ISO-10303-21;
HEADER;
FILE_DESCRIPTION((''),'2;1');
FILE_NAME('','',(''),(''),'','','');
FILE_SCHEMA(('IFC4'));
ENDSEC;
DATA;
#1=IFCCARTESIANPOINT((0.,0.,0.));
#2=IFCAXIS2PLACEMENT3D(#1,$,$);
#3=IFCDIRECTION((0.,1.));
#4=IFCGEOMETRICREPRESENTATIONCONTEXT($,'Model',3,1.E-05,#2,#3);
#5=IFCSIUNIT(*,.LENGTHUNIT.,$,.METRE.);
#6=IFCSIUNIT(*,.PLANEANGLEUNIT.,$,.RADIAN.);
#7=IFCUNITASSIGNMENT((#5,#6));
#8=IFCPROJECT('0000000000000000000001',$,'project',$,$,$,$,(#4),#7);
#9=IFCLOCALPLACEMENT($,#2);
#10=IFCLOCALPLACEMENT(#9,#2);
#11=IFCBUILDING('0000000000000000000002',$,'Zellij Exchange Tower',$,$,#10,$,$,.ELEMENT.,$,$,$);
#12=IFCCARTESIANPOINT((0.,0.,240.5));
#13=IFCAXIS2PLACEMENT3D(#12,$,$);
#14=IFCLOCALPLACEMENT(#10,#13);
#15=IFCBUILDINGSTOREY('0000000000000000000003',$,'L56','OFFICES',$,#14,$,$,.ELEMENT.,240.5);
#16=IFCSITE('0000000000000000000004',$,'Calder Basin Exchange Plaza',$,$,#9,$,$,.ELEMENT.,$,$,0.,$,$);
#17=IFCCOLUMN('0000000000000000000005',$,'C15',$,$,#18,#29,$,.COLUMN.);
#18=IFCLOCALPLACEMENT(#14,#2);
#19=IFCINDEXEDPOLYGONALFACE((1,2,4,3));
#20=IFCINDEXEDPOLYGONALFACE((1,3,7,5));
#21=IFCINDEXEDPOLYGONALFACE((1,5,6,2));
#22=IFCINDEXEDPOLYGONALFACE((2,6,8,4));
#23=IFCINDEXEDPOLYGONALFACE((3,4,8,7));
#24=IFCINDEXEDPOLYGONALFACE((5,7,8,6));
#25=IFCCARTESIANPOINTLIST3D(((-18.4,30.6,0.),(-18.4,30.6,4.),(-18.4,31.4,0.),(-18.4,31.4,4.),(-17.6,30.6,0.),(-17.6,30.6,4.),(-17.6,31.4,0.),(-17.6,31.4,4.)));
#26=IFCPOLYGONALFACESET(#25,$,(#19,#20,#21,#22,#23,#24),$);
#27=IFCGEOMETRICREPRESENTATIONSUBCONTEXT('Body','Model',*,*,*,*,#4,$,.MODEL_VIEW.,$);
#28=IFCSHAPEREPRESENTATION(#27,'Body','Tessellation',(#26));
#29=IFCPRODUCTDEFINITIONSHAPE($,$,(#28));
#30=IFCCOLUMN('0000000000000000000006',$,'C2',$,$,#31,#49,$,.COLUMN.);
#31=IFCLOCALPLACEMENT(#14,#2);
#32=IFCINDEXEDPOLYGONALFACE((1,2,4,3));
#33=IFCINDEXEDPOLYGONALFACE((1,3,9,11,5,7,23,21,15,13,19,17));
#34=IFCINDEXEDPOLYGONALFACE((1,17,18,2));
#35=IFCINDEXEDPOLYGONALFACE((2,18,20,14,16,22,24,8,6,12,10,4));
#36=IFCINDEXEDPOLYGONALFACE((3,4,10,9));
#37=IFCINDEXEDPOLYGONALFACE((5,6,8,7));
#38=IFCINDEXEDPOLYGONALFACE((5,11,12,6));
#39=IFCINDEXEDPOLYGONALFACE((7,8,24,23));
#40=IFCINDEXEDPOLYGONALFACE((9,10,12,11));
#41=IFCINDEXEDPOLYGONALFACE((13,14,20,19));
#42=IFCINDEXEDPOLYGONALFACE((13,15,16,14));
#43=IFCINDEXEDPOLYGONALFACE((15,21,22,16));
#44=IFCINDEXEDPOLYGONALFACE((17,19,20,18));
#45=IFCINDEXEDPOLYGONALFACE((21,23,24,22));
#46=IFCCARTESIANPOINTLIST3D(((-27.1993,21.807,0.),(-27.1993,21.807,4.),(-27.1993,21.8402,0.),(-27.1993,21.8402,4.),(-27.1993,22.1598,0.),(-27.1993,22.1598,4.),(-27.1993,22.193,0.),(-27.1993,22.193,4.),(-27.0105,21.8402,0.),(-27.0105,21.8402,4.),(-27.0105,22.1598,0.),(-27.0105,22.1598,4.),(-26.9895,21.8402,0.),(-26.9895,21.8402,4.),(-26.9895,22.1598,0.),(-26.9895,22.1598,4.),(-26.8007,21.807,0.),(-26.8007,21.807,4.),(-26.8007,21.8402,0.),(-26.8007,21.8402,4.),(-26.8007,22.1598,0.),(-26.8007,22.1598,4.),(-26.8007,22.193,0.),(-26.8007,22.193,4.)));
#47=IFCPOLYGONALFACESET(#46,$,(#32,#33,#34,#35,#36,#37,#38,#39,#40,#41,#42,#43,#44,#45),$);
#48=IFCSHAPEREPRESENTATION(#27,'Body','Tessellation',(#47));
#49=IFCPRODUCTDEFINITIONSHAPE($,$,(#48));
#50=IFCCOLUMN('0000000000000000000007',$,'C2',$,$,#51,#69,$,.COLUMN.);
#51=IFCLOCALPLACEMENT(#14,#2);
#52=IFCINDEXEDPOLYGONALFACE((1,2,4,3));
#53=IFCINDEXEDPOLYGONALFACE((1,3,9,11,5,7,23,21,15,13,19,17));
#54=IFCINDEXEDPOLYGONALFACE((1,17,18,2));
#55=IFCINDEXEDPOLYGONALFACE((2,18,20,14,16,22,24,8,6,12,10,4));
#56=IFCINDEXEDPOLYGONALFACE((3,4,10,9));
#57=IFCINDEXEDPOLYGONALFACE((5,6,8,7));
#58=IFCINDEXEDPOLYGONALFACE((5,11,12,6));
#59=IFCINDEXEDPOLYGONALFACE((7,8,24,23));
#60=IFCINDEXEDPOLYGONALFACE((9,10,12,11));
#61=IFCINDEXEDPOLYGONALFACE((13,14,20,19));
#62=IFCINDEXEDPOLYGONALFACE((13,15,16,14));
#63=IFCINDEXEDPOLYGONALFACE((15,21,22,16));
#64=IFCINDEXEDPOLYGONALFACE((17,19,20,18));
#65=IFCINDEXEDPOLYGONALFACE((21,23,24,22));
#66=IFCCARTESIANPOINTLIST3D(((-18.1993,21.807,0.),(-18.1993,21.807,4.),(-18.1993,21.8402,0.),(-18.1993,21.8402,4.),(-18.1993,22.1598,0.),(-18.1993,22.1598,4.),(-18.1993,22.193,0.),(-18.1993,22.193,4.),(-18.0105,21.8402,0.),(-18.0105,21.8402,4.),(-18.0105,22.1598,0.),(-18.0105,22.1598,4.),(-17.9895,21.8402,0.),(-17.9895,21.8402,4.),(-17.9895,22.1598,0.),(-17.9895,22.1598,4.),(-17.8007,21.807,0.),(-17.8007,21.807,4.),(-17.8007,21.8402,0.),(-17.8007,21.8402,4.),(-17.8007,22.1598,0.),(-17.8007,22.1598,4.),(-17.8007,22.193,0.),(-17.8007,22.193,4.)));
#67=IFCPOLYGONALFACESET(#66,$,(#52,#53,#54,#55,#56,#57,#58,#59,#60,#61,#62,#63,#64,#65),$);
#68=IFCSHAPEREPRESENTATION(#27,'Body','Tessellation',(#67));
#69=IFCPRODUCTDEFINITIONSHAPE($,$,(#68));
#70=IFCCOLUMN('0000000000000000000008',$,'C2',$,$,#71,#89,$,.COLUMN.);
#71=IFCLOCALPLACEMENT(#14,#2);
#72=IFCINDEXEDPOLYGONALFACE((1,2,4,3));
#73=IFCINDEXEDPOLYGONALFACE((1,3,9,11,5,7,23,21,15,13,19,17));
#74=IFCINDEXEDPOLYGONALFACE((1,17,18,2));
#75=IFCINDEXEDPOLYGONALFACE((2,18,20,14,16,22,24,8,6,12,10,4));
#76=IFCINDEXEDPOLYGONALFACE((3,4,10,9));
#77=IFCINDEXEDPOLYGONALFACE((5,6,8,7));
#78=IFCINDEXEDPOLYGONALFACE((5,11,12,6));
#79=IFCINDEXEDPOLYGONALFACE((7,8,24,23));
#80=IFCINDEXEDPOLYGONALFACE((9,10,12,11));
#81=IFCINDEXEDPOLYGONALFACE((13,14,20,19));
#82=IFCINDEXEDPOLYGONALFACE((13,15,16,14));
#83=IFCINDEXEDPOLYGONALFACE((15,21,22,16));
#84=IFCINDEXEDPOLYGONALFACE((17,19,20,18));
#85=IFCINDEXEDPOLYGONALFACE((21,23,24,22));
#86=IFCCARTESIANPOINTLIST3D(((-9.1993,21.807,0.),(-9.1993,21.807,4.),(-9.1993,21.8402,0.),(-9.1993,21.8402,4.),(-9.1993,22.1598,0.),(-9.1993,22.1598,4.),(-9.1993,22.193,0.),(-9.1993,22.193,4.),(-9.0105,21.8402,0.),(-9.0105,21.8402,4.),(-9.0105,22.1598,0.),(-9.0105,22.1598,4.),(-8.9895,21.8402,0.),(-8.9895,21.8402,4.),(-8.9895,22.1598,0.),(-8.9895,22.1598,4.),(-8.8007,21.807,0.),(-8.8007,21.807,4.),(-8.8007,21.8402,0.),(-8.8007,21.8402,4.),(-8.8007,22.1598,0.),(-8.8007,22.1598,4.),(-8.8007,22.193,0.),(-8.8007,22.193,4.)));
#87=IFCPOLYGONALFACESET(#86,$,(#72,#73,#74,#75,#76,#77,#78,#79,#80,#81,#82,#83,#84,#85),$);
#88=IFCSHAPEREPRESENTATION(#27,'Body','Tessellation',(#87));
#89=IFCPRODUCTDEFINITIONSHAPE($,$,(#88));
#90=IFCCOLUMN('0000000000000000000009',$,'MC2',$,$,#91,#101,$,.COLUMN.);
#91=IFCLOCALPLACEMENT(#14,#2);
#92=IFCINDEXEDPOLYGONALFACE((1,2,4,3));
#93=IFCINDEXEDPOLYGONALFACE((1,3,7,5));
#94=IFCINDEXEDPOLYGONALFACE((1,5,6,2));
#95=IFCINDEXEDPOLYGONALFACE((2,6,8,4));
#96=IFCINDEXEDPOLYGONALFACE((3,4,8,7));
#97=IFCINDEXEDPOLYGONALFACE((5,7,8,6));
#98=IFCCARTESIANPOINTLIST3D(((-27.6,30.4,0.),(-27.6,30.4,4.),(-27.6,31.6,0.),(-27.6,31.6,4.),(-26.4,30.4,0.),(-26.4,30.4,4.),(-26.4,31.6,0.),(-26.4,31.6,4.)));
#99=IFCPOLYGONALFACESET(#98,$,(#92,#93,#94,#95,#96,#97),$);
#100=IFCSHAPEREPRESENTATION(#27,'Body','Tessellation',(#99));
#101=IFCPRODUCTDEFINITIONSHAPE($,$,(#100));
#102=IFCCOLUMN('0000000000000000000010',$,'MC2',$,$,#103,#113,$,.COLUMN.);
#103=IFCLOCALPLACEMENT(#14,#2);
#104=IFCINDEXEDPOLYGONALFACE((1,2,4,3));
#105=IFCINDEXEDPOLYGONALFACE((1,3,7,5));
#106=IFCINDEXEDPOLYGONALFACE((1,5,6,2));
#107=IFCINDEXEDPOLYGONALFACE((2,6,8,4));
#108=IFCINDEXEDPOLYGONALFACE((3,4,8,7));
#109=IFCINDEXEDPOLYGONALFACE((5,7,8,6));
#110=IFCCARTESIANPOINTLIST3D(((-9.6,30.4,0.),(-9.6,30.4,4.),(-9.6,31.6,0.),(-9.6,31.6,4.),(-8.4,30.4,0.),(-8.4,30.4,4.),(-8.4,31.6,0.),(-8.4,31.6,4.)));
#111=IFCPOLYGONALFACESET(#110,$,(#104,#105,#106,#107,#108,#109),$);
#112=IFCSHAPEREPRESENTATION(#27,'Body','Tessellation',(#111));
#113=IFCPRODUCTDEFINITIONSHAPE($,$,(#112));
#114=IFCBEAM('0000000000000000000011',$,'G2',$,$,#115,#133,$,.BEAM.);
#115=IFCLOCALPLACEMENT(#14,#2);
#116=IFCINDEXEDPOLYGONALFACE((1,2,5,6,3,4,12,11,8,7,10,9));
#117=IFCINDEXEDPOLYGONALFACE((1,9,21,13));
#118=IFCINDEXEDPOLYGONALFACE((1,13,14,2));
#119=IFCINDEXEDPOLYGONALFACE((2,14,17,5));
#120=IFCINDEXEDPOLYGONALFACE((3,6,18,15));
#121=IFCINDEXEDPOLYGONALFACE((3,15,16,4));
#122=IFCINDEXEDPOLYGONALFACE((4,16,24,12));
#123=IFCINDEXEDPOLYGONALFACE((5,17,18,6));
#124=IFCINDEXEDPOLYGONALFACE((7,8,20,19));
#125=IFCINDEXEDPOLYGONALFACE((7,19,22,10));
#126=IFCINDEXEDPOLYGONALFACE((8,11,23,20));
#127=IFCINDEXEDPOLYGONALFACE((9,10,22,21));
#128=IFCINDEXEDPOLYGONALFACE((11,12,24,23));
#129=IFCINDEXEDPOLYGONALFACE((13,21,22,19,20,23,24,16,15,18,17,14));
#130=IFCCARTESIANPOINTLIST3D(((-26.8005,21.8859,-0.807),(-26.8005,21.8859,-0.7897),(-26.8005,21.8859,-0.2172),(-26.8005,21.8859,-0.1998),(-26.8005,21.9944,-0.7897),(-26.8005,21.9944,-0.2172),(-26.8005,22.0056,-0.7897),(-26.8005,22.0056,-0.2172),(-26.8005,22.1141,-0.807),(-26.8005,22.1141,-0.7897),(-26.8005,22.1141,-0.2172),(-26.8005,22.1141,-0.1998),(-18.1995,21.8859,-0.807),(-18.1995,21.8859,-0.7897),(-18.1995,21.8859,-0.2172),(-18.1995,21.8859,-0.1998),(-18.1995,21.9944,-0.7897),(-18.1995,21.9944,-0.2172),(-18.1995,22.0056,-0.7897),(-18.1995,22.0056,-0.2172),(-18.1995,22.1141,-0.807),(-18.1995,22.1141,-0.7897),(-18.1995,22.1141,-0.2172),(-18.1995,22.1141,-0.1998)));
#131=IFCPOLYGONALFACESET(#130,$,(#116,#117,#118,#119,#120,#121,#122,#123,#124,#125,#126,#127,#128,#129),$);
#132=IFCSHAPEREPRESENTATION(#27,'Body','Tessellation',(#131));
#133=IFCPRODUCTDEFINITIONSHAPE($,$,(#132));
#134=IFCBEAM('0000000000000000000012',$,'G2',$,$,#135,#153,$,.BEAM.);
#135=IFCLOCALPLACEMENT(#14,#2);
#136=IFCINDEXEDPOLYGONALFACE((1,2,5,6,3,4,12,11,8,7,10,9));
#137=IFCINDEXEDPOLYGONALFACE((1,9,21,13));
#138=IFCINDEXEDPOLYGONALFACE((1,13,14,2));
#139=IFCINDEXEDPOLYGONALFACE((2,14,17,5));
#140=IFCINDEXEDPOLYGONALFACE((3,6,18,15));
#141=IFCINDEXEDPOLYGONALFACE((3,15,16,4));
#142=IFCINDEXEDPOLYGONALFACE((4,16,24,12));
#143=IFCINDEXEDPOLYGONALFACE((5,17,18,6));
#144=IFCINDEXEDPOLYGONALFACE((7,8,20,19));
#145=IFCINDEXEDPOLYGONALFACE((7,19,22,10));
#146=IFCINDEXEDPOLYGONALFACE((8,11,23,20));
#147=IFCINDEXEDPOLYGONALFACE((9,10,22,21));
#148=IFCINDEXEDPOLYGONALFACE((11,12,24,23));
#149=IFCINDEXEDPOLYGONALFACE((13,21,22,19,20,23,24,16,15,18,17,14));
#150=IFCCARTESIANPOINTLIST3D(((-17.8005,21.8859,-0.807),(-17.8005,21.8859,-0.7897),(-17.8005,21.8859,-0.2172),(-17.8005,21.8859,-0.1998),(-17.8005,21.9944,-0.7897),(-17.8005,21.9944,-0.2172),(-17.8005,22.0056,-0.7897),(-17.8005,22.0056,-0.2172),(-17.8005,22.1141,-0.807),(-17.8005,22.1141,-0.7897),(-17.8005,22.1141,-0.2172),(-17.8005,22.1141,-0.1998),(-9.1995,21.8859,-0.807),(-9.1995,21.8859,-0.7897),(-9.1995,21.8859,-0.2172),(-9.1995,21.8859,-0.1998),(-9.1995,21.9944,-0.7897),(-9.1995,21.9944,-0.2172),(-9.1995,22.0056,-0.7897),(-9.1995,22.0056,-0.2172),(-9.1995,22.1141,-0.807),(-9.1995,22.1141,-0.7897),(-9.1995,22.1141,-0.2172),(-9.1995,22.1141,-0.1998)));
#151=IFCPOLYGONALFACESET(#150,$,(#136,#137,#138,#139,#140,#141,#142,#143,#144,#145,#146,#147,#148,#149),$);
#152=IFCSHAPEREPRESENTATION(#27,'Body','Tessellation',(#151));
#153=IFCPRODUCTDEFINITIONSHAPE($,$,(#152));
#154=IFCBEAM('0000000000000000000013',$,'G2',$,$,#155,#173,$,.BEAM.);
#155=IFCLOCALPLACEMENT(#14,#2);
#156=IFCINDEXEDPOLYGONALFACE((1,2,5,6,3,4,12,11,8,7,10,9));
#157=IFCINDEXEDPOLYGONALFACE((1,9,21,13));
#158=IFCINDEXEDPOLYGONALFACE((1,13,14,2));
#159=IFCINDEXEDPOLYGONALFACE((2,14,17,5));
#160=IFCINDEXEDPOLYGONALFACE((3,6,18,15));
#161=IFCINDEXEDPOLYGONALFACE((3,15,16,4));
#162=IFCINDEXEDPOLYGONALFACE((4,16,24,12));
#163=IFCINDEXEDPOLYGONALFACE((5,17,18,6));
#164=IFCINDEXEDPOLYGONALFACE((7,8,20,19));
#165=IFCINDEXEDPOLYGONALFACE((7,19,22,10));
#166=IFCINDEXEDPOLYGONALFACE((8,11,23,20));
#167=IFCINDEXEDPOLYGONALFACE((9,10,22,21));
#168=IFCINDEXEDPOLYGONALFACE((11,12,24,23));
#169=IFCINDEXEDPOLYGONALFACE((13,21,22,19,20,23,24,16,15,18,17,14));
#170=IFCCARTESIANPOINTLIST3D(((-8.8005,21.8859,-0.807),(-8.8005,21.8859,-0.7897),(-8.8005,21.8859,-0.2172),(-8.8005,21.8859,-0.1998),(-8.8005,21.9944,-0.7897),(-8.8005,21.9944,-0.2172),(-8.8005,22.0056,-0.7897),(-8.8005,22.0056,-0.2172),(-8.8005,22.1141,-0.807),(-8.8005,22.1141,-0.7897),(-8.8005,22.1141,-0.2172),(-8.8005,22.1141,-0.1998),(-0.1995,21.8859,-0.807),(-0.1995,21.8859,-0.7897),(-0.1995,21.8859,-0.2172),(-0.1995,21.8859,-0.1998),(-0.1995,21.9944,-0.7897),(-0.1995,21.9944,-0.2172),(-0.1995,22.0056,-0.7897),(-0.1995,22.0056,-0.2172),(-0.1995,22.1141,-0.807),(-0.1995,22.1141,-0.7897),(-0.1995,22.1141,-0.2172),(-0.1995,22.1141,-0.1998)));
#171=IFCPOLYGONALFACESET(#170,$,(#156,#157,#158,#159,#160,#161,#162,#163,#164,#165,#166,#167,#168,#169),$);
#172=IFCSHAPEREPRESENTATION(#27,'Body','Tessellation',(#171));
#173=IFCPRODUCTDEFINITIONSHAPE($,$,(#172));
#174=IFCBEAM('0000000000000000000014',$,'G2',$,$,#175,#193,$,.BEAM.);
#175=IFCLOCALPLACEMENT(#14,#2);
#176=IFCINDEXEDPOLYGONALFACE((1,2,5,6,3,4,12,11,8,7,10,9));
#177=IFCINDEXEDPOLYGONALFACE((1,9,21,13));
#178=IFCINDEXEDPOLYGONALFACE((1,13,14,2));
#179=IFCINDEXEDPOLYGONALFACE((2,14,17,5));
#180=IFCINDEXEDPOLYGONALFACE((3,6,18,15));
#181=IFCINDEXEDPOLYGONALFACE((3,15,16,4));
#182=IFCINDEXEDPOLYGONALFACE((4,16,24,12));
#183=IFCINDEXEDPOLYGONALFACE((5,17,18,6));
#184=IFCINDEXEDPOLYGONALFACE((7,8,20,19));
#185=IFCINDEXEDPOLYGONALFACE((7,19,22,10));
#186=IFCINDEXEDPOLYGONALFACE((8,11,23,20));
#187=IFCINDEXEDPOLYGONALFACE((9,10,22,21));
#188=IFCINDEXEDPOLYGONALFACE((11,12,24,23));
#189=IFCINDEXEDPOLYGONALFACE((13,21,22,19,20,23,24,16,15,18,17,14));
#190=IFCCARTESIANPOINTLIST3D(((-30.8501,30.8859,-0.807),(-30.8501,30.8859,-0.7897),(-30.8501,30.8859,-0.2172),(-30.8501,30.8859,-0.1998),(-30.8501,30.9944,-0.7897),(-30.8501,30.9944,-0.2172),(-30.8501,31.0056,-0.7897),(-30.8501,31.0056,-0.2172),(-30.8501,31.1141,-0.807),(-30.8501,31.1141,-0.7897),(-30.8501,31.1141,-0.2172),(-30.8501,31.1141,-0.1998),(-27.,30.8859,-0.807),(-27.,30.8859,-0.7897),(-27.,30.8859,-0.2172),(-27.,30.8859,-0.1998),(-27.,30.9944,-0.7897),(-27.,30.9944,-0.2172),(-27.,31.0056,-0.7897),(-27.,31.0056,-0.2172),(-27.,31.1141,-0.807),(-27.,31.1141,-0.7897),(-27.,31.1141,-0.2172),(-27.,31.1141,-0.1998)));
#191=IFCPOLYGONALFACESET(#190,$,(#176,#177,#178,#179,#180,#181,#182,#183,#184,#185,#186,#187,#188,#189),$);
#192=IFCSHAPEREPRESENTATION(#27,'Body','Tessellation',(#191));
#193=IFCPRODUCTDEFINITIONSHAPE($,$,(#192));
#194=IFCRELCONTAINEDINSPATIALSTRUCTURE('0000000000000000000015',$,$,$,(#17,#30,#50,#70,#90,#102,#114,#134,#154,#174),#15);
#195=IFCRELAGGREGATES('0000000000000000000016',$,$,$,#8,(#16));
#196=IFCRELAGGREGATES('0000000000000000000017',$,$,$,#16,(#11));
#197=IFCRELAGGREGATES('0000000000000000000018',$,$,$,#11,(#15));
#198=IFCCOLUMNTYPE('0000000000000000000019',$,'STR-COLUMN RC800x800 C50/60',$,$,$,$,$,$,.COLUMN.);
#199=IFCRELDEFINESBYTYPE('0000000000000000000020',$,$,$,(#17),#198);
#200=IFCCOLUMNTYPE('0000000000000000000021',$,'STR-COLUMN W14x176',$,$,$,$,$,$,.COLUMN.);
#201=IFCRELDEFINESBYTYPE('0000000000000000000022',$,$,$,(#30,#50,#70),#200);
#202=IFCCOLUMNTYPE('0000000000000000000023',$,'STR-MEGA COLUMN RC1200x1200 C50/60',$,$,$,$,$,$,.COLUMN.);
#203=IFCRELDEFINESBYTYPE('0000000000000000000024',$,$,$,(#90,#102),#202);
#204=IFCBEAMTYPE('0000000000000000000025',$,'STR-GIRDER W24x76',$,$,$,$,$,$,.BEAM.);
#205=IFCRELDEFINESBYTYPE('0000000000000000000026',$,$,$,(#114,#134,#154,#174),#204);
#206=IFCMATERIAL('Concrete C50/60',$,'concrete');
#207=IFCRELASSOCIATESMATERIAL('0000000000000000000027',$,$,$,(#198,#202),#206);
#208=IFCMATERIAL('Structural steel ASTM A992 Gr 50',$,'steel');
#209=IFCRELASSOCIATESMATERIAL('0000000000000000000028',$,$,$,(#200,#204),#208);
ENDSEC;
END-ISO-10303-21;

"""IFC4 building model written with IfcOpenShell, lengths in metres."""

from ifc_helpers import new_model, si_unit, direction, frame, origin, origin_2d, place, context, subcontext, project, spatial, rectangle, i_section, extrude, material, material_profile, profile_set, type_object, element, save


model = new_model("IFC4")

# Units and contexts
model_context = context("Model", 3, precision=1e-05, world=origin(), true_north=direction((0.0, 1.0)))
body_context = subcontext(model_context, "Body", "Model", "MODEL_VIEW")
ifc_project = project(units=[si_unit("LENGTHUNIT", "METRE"), si_unit("PLANEANGLEUNIT", "RADIAN")], contexts=[model_context])

# Site, building, storey
site_placement = place(None, origin())
site = spatial("IfcSite", under=ifc_project, at=site_placement, Name="Calder Basin Exchange Plaza", CompositionType="ELEMENT", RefElevation=0.0)
building_placement = place(site_placement, origin())
building = spatial("IfcBuilding", under=site, at=building_placement, Name="Zellij Exchange Tower", CompositionType="ELEMENT")
storey_placement = place(building_placement, frame((0.0, 0.0, 240.5)))
storey = spatial("IfcBuildingStorey", under=building, at=storey_placement, Name="L56", Description="OFFICES", CompositionType="ELEMENT", Elevation=240.5)

# Columns
ifc_material_1 = material(Name="Concrete C50/60", Category="concrete")
ifc_material_profile_1 = material_profile(ifc_material_1, rectangle(XDim=0.8, YDim=0.8, at=origin_2d()), Name="STR-COLUMN RC800x800 C50/60")
ifc_profile_set_1 = profile_set([ifc_material_profile_1], Name="Concrete C50/60")
column_type_1 = type_object("IfcColumnType", Name="STR-COLUMN RC800x800 C50/60", PredefinedType="COLUMN", material=ifc_profile_set_1)
column_placement = place(storey_placement, frame((-18.0, 31.0, 0.0), z_axis=(0.0, 0.0, 1.0), x_axis=(1.0, 0.0, 0.0)))
element("IfcColumn", 1, at=column_placement, inside=storey, type_object=column_type_1, Name="C15", PredefinedType="COLUMN", context=body_context, shape_type="SweptSolid", body=[
    extrude(rectangle(XDim=0.8, YDim=0.8, at=origin_2d()), origin(), (0.0, 0.0, 1.0), 4.0),
])
ifc_material_2 = material(Name="Structural steel ASTM A992 Gr 50", Category="steel")
ifc_material_profile_2 = material_profile(ifc_material_2, i_section(OverallWidth=0.3987, OverallDepth=0.386, WebThickness=0.021, FlangeThickness=0.0332, at=origin_2d()), Name="W14x176")
ifc_profile_set_2 = profile_set([ifc_material_profile_2], Name="Structural steel ASTM A992 Gr 50")
column_type_2 = type_object("IfcColumnType", Name="STR-COLUMN W14x176", PredefinedType="COLUMN", material=ifc_profile_set_2)
for number, where, z_axis, x_axis, name in (
    (2, (-27.0, 22.0, 0.0), (0.0, 0.0, 1.0), (1.0, 0.0, 0.0), "C2"),
    (3, (-18.0, 22.0, 0.0), (0.0, 0.0, 1.0), (1.0, 0.0, 0.0), "C2"),
    (4, (-9.0, 22.0, 0.0), (0.0, 0.0, 1.0), (1.0, 0.0, 0.0), "C2"),
):
    element("IfcColumn", number, at=place(storey_placement, frame(where, z_axis=z_axis, x_axis=x_axis)), inside=storey, type_object=column_type_2, Name=name, PredefinedType="COLUMN", context=body_context, shape_type="SweptSolid", body=[
        extrude(i_section(OverallWidth=0.3987, OverallDepth=0.386, WebThickness=0.021, FlangeThickness=0.0332, at=origin_2d()), origin(), (0.0, 0.0, 1.0), 4.0),
    ])
ifc_material_profile_3 = material_profile(ifc_material_1, rectangle(XDim=1.2, YDim=1.2, at=origin_2d()), Name="STR-MEGA COLUMN RC1200x1200 C50/60")
ifc_profile_set_3 = profile_set([ifc_material_profile_3], Name="Concrete C50/60")
column_type_3 = type_object("IfcColumnType", Name="STR-MEGA COLUMN RC1200x1200 C50/60", PredefinedType="COLUMN", material=ifc_profile_set_3)
for number, where, z_axis, x_axis, name in (
    (5, (-27.0, 31.0, 0.0), (0.0, 0.0, 1.0), (1.0, 0.0, 0.0), "MC2"),
    (6, (-9.0, 31.0, 0.0), (0.0, 0.0, 1.0), (1.0, 0.0, 0.0), "MC2"),
):
    element("IfcColumn", number, at=place(storey_placement, frame(where, z_axis=z_axis, x_axis=x_axis)), inside=storey, type_object=column_type_3, Name=name, PredefinedType="COLUMN", context=body_context, shape_type="SweptSolid", body=[
        extrude(rectangle(XDim=1.2, YDim=1.2, at=origin_2d()), origin(), (0.0, 0.0, 1.0), 4.0),
    ])

# Beams
ifc_material_profile_4 = material_profile(ifc_material_2, i_section(OverallWidth=0.2283, OverallDepth=0.6072, WebThickness=0.0112, FlangeThickness=0.0173, at=origin_2d()), Name="W24x76")
ifc_profile_set_4 = profile_set([ifc_material_profile_4], Name="Structural steel ASTM A992 Gr 50")
beam_type = type_object("IfcBeamType", Name="STR-GIRDER W24x76", PredefinedType="BEAM", material=ifc_profile_set_4)
for number, where, z_axis, x_axis, name in (
    (7, (-26.8005, 22.0, -0.5034), (1.0, 0.0, 0.0), (0.0, 1.0, 0.0), "G2"),
    (8, (-17.8005, 22.0, -0.5034), (1.0, 0.0, 0.0), (0.0, 1.0, 0.0), "G2"),
    (9, (-8.8005, 22.0, -0.5034), (1.0, 0.0, 0.0), (0.0, 1.0, 0.0), "G2"),
):
    element("IfcBeam", number, at=place(storey_placement, frame(where, z_axis=z_axis, x_axis=x_axis)), inside=storey, type_object=beam_type, Name=name, PredefinedType="BEAM", context=body_context, shape_type="SweptSolid", body=[
        extrude(i_section(OverallWidth=0.2283, OverallDepth=0.6072, WebThickness=0.0112, FlangeThickness=0.0173, at=origin_2d()), origin(), (0.0, 0.0, 1.0), 8.6011),
    ])
beam_placement = place(storey_placement, frame((-30.8501, 31.0, -0.5034), z_axis=(1.0, 0.0, 0.0), x_axis=(0.0, 1.0, 0.0)))
element("IfcBeam", 10, at=beam_placement, inside=storey, type_object=beam_type, Name="G2", PredefinedType="BEAM", context=body_context, shape_type="SweptSolid", body=[
    extrude(i_section(OverallWidth=0.2283, OverallDepth=0.6072, WebThickness=0.0112, FlangeThickness=0.0173, at=origin_2d()), origin(), (0.0, 0.0, 1.0), 3.8501),
])

save(model, "model.ifc")
